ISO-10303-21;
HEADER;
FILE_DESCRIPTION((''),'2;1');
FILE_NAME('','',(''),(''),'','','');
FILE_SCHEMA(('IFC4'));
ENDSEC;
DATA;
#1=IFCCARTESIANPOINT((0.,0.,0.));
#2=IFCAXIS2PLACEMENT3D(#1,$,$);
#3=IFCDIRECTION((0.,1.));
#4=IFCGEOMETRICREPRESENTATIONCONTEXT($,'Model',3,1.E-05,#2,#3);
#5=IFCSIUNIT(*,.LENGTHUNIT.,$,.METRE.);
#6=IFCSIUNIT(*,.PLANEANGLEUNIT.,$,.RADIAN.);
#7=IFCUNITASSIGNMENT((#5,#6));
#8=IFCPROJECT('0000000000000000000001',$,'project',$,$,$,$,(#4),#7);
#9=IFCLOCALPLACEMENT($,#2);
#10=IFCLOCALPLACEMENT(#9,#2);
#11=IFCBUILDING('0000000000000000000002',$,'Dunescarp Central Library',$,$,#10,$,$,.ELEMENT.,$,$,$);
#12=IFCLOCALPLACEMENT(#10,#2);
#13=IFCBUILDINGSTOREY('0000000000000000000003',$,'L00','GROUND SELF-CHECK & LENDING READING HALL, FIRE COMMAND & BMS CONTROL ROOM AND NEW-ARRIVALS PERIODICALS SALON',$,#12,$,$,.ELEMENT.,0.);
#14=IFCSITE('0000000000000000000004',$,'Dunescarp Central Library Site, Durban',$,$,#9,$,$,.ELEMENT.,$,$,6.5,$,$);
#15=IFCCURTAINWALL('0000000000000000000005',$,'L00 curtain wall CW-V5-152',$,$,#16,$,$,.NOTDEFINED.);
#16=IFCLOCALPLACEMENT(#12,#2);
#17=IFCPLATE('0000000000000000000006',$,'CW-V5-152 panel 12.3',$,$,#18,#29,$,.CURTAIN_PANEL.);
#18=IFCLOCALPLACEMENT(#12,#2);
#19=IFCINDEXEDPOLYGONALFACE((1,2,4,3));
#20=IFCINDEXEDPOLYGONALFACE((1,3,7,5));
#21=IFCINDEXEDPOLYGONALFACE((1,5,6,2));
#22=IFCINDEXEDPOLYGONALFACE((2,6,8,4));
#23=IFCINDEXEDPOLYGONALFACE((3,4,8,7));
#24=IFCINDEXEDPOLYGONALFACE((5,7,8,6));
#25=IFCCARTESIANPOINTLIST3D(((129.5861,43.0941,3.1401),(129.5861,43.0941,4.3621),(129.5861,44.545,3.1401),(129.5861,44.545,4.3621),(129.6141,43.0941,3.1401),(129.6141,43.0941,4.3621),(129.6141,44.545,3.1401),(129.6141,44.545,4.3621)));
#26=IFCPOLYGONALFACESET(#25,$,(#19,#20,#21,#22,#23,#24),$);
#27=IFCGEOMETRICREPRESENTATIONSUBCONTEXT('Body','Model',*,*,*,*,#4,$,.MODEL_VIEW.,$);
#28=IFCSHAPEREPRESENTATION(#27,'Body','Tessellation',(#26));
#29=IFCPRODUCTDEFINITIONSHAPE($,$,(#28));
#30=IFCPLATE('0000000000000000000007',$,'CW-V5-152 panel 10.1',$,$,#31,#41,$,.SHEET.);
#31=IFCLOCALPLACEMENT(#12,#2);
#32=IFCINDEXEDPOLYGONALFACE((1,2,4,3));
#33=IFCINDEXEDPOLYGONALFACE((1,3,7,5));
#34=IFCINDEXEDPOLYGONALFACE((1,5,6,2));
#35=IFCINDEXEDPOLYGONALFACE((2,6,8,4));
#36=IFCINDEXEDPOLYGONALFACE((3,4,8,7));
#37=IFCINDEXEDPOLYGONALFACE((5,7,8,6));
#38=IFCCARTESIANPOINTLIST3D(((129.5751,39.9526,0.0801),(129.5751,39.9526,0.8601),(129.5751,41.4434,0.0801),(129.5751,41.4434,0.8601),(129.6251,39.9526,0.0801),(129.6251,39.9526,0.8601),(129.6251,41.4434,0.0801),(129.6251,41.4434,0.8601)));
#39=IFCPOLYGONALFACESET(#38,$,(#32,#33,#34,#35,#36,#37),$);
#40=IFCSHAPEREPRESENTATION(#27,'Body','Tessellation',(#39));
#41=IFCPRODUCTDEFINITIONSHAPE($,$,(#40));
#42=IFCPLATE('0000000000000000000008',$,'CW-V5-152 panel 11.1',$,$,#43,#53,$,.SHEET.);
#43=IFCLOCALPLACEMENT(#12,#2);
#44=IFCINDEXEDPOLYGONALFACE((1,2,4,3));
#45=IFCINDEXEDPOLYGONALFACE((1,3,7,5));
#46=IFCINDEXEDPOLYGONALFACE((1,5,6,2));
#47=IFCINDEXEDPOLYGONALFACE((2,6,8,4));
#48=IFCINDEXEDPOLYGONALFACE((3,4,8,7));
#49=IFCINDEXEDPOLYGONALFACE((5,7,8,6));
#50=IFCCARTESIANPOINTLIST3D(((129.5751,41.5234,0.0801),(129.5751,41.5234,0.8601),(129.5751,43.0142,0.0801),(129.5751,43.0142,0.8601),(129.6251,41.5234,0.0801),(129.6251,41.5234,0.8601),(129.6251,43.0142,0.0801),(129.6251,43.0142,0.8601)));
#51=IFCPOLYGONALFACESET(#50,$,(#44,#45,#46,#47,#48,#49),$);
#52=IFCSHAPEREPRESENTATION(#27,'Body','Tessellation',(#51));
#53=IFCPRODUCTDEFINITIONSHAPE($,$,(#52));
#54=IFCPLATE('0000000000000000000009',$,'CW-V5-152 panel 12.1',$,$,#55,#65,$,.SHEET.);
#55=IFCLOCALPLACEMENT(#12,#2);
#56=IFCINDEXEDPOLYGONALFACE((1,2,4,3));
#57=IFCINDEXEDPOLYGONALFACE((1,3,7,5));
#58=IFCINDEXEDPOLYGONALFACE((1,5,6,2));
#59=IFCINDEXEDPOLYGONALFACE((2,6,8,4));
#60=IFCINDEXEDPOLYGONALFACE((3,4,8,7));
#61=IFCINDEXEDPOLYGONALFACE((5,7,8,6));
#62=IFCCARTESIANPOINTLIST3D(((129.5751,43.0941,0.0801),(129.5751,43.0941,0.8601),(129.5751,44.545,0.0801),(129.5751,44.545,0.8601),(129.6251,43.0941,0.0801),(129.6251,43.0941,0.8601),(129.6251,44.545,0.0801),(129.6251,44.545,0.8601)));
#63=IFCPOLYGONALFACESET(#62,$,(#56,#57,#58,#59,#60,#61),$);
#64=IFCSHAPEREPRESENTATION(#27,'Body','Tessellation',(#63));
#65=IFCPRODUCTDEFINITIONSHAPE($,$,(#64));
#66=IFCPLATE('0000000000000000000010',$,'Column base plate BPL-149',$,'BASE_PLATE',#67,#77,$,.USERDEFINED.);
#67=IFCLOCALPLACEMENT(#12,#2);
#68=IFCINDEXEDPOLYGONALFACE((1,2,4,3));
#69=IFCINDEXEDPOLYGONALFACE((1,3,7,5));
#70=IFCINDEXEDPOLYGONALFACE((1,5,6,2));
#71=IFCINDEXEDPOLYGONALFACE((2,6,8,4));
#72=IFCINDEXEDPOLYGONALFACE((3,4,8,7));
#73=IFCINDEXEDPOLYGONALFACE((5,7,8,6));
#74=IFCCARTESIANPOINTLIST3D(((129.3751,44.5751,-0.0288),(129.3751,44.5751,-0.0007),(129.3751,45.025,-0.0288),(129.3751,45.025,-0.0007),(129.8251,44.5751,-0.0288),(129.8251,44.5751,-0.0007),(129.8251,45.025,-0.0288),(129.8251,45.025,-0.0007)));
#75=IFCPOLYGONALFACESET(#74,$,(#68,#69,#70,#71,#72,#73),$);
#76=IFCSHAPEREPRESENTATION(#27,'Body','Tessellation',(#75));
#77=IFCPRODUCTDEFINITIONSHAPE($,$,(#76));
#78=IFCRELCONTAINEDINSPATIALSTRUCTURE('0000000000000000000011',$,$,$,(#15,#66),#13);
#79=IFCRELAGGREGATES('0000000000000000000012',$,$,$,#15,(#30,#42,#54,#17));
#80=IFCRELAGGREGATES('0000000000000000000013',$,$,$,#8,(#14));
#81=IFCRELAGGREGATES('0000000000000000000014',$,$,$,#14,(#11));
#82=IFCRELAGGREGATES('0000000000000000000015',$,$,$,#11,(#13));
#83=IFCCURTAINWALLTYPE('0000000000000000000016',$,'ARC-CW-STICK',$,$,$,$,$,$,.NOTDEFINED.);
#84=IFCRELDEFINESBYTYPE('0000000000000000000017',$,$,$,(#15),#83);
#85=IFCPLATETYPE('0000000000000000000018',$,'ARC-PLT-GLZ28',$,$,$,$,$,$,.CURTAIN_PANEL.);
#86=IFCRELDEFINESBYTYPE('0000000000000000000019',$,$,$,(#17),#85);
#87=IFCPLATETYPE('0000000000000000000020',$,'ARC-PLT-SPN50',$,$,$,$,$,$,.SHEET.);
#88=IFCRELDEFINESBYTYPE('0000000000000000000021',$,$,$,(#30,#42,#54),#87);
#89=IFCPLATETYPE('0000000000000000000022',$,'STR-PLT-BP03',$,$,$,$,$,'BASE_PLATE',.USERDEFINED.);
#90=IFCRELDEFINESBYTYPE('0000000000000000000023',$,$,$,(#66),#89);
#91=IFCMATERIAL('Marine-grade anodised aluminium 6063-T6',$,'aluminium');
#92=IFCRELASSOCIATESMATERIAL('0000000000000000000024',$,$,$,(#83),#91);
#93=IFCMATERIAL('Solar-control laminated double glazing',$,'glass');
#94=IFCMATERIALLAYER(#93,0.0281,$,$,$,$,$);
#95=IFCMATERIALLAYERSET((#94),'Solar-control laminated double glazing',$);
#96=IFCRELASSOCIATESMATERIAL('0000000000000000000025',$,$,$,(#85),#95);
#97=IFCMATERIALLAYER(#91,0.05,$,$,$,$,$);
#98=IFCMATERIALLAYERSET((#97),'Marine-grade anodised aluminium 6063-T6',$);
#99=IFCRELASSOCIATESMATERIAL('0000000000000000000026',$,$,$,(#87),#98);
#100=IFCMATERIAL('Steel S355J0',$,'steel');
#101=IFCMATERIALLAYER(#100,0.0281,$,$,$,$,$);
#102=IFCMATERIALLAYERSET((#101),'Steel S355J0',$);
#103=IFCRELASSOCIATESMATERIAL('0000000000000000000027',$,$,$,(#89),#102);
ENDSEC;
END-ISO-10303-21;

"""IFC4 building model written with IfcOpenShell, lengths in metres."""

from ifc_helpers import new_model, si_unit, direction, frame, origin, origin_2d, place, context, subcontext, project, spatial, rectangle, extrude, material, layer, layer_set, type_object, element, aggregate, save


model = new_model("IFC4")

# Units and contexts
model_context = context("Model", 3, precision=1e-05, world=origin(), true_north=direction((0.0, 1.0)))
body_context = subcontext(model_context, "Body", "Model", "MODEL_VIEW")
ifc_project = project(units=[si_unit("LENGTHUNIT", "METRE"), si_unit("PLANEANGLEUNIT", "RADIAN")], contexts=[model_context])

# Site, building, storey
site_placement = place(None, origin())
site = spatial("IfcSite", under=ifc_project, at=site_placement, Name="Dunescarp Central Library Site, Durban", CompositionType="ELEMENT", RefElevation=6.5)
building_placement = place(site_placement, origin())
building = spatial("IfcBuilding", under=site, at=building_placement, Name="Dunescarp Central Library", CompositionType="ELEMENT")
storey_placement = place(building_placement, origin())
storey = spatial("IfcBuildingStorey", under=building, at=storey_placement, Name="L00", Description="GROUND SELF-CHECK & LENDING READING HALL, FIRE COMMAND & BMS CONTROL ROOM AND NEW-ARRIVALS PERIODICALS SALON", CompositionType="ELEMENT", Elevation=0.0)

# Shared definitions
ifc_material_1 = material(Name="Marine-grade anodised aluminium 6063-T6", Category="aluminium")
curtain_wall_type = type_object("IfcCurtainWallType", Name="ARC-CW-STICK", PredefinedType="NOTDEFINED", material=ifc_material_1)

# Curtain wall, plates
curtain_wall_1_placement = place(storey_placement, origin())
curtain_wall_1 = element("IfcCurtainWall", 1, at=curtain_wall_1_placement, inside=storey, type_object=curtain_wall_type, Name="L00 curtain wall CW-V5-152", PredefinedType="NOTDEFINED")
ifc_material_2 = material(Name="Solar-control laminated double glazing", Category="glass")
ifc_layer_1 = layer(ifc_material_2, 0.0281)
ifc_layer_set_1 = layer_set([ifc_layer_1], Name="Solar-control laminated double glazing")
plate_type_1 = type_object("IfcPlateType", Name="ARC-PLT-GLZ28", PredefinedType="CURTAIN_PANEL", material=ifc_layer_set_1)
plate_1_placement = place(storey_placement, frame((129.6001, 43.8196, 3.1401), z_axis=(0.0, 0.0, 1.0), x_axis=(0.0, 1.0, 0.0)))
plate_1 = element("IfcPlate", 2, at=plate_1_placement, type_object=plate_type_1, Name="CW-V5-152 panel 12.3", PredefinedType="CURTAIN_PANEL", context=body_context, shape_type="SweptSolid", body=[
    extrude(rectangle(XDim=1.4509, YDim=0.0281, at=origin_2d()), origin(), (0.0, 0.0, 1.0), 1.2219),
])
ifc_layer_2 = layer(ifc_material_1, 0.05)
ifc_layer_set_2 = layer_set([ifc_layer_2], Name="Marine-grade anodised aluminium 6063-T6")
plate_type_2 = type_object("IfcPlateType", Name="ARC-PLT-SPN50", PredefinedType="SHEET", material=ifc_layer_set_2)
plate_2_placement = place(storey_placement, frame((129.6001, 40.698, 0.0801), z_axis=(0.0, 0.0, 1.0), x_axis=(0.0, 1.0, 0.0)))
plate_2 = element("IfcPlate", 3, at=plate_2_placement, type_object=plate_type_2, Name="CW-V5-152 panel 10.1", PredefinedType="SHEET", context=body_context, shape_type="SweptSolid", body=[
    extrude(rectangle(XDim=1.4907, YDim=0.05, at=origin_2d()), origin(), (0.0, 0.0, 1.0), 0.78),
])
plate_3_placement = place(storey_placement, frame((129.6001, 42.2688, 0.0801), z_axis=(0.0, 0.0, 1.0), x_axis=(0.0, 1.0, 0.0)))
plate_3 = element("IfcPlate", 4, at=plate_3_placement, type_object=plate_type_2, Name="CW-V5-152 panel 11.1", PredefinedType="SHEET", context=body_context, shape_type="SweptSolid", body=[
    extrude(rectangle(XDim=1.4907, YDim=0.05, at=origin_2d()), origin(), (0.0, 0.0, 1.0), 0.78),
])
plate_4_placement = place(storey_placement, frame((129.6001, 43.8196, 0.0801), z_axis=(0.0, 0.0, 1.0), x_axis=(0.0, 1.0, 0.0)))
plate_4 = element("IfcPlate", 5, at=plate_4_placement, type_object=plate_type_2, Name="CW-V5-152 panel 12.1", PredefinedType="SHEET", context=body_context, shape_type="SweptSolid", body=[
    extrude(rectangle(XDim=1.4509, YDim=0.05, at=origin_2d()), origin(), (0.0, 0.0, 1.0), 0.78),
])
aggregate(curtain_wall_1, [plate_2, plate_3, plate_4, plate_1])

# Plate
ifc_material_3 = material(Name="Steel S355J0", Category="steel")
ifc_layer_3 = layer(ifc_material_3, 0.0281)
ifc_layer_set_3 = layer_set([ifc_layer_3], Name="Steel S355J0")
plate_type_3 = type_object("IfcPlateType", Name="STR-PLT-BP03", ElementType="BASE_PLATE", PredefinedType="USERDEFINED", material=ifc_layer_set_3)
plate_5_placement = place(storey_placement, frame((129.6001, 44.8, -0.0288), z_axis=(0.0, 0.0, 1.0), x_axis=(1.0, 0.0, 0.0)))
element("IfcPlate", 6, at=plate_5_placement, inside=storey, type_object=plate_type_3, Name="Column base plate BPL-149", ObjectType="BASE_PLATE", PredefinedType="USERDEFINED", context=body_context, shape_type="SweptSolid", body=[
    extrude(rectangle(XDim=0.45, YDim=0.45, at=origin_2d()), origin(), (0.0, 0.0, 1.0), 0.0281),
])

save(model, "model.ifc")
